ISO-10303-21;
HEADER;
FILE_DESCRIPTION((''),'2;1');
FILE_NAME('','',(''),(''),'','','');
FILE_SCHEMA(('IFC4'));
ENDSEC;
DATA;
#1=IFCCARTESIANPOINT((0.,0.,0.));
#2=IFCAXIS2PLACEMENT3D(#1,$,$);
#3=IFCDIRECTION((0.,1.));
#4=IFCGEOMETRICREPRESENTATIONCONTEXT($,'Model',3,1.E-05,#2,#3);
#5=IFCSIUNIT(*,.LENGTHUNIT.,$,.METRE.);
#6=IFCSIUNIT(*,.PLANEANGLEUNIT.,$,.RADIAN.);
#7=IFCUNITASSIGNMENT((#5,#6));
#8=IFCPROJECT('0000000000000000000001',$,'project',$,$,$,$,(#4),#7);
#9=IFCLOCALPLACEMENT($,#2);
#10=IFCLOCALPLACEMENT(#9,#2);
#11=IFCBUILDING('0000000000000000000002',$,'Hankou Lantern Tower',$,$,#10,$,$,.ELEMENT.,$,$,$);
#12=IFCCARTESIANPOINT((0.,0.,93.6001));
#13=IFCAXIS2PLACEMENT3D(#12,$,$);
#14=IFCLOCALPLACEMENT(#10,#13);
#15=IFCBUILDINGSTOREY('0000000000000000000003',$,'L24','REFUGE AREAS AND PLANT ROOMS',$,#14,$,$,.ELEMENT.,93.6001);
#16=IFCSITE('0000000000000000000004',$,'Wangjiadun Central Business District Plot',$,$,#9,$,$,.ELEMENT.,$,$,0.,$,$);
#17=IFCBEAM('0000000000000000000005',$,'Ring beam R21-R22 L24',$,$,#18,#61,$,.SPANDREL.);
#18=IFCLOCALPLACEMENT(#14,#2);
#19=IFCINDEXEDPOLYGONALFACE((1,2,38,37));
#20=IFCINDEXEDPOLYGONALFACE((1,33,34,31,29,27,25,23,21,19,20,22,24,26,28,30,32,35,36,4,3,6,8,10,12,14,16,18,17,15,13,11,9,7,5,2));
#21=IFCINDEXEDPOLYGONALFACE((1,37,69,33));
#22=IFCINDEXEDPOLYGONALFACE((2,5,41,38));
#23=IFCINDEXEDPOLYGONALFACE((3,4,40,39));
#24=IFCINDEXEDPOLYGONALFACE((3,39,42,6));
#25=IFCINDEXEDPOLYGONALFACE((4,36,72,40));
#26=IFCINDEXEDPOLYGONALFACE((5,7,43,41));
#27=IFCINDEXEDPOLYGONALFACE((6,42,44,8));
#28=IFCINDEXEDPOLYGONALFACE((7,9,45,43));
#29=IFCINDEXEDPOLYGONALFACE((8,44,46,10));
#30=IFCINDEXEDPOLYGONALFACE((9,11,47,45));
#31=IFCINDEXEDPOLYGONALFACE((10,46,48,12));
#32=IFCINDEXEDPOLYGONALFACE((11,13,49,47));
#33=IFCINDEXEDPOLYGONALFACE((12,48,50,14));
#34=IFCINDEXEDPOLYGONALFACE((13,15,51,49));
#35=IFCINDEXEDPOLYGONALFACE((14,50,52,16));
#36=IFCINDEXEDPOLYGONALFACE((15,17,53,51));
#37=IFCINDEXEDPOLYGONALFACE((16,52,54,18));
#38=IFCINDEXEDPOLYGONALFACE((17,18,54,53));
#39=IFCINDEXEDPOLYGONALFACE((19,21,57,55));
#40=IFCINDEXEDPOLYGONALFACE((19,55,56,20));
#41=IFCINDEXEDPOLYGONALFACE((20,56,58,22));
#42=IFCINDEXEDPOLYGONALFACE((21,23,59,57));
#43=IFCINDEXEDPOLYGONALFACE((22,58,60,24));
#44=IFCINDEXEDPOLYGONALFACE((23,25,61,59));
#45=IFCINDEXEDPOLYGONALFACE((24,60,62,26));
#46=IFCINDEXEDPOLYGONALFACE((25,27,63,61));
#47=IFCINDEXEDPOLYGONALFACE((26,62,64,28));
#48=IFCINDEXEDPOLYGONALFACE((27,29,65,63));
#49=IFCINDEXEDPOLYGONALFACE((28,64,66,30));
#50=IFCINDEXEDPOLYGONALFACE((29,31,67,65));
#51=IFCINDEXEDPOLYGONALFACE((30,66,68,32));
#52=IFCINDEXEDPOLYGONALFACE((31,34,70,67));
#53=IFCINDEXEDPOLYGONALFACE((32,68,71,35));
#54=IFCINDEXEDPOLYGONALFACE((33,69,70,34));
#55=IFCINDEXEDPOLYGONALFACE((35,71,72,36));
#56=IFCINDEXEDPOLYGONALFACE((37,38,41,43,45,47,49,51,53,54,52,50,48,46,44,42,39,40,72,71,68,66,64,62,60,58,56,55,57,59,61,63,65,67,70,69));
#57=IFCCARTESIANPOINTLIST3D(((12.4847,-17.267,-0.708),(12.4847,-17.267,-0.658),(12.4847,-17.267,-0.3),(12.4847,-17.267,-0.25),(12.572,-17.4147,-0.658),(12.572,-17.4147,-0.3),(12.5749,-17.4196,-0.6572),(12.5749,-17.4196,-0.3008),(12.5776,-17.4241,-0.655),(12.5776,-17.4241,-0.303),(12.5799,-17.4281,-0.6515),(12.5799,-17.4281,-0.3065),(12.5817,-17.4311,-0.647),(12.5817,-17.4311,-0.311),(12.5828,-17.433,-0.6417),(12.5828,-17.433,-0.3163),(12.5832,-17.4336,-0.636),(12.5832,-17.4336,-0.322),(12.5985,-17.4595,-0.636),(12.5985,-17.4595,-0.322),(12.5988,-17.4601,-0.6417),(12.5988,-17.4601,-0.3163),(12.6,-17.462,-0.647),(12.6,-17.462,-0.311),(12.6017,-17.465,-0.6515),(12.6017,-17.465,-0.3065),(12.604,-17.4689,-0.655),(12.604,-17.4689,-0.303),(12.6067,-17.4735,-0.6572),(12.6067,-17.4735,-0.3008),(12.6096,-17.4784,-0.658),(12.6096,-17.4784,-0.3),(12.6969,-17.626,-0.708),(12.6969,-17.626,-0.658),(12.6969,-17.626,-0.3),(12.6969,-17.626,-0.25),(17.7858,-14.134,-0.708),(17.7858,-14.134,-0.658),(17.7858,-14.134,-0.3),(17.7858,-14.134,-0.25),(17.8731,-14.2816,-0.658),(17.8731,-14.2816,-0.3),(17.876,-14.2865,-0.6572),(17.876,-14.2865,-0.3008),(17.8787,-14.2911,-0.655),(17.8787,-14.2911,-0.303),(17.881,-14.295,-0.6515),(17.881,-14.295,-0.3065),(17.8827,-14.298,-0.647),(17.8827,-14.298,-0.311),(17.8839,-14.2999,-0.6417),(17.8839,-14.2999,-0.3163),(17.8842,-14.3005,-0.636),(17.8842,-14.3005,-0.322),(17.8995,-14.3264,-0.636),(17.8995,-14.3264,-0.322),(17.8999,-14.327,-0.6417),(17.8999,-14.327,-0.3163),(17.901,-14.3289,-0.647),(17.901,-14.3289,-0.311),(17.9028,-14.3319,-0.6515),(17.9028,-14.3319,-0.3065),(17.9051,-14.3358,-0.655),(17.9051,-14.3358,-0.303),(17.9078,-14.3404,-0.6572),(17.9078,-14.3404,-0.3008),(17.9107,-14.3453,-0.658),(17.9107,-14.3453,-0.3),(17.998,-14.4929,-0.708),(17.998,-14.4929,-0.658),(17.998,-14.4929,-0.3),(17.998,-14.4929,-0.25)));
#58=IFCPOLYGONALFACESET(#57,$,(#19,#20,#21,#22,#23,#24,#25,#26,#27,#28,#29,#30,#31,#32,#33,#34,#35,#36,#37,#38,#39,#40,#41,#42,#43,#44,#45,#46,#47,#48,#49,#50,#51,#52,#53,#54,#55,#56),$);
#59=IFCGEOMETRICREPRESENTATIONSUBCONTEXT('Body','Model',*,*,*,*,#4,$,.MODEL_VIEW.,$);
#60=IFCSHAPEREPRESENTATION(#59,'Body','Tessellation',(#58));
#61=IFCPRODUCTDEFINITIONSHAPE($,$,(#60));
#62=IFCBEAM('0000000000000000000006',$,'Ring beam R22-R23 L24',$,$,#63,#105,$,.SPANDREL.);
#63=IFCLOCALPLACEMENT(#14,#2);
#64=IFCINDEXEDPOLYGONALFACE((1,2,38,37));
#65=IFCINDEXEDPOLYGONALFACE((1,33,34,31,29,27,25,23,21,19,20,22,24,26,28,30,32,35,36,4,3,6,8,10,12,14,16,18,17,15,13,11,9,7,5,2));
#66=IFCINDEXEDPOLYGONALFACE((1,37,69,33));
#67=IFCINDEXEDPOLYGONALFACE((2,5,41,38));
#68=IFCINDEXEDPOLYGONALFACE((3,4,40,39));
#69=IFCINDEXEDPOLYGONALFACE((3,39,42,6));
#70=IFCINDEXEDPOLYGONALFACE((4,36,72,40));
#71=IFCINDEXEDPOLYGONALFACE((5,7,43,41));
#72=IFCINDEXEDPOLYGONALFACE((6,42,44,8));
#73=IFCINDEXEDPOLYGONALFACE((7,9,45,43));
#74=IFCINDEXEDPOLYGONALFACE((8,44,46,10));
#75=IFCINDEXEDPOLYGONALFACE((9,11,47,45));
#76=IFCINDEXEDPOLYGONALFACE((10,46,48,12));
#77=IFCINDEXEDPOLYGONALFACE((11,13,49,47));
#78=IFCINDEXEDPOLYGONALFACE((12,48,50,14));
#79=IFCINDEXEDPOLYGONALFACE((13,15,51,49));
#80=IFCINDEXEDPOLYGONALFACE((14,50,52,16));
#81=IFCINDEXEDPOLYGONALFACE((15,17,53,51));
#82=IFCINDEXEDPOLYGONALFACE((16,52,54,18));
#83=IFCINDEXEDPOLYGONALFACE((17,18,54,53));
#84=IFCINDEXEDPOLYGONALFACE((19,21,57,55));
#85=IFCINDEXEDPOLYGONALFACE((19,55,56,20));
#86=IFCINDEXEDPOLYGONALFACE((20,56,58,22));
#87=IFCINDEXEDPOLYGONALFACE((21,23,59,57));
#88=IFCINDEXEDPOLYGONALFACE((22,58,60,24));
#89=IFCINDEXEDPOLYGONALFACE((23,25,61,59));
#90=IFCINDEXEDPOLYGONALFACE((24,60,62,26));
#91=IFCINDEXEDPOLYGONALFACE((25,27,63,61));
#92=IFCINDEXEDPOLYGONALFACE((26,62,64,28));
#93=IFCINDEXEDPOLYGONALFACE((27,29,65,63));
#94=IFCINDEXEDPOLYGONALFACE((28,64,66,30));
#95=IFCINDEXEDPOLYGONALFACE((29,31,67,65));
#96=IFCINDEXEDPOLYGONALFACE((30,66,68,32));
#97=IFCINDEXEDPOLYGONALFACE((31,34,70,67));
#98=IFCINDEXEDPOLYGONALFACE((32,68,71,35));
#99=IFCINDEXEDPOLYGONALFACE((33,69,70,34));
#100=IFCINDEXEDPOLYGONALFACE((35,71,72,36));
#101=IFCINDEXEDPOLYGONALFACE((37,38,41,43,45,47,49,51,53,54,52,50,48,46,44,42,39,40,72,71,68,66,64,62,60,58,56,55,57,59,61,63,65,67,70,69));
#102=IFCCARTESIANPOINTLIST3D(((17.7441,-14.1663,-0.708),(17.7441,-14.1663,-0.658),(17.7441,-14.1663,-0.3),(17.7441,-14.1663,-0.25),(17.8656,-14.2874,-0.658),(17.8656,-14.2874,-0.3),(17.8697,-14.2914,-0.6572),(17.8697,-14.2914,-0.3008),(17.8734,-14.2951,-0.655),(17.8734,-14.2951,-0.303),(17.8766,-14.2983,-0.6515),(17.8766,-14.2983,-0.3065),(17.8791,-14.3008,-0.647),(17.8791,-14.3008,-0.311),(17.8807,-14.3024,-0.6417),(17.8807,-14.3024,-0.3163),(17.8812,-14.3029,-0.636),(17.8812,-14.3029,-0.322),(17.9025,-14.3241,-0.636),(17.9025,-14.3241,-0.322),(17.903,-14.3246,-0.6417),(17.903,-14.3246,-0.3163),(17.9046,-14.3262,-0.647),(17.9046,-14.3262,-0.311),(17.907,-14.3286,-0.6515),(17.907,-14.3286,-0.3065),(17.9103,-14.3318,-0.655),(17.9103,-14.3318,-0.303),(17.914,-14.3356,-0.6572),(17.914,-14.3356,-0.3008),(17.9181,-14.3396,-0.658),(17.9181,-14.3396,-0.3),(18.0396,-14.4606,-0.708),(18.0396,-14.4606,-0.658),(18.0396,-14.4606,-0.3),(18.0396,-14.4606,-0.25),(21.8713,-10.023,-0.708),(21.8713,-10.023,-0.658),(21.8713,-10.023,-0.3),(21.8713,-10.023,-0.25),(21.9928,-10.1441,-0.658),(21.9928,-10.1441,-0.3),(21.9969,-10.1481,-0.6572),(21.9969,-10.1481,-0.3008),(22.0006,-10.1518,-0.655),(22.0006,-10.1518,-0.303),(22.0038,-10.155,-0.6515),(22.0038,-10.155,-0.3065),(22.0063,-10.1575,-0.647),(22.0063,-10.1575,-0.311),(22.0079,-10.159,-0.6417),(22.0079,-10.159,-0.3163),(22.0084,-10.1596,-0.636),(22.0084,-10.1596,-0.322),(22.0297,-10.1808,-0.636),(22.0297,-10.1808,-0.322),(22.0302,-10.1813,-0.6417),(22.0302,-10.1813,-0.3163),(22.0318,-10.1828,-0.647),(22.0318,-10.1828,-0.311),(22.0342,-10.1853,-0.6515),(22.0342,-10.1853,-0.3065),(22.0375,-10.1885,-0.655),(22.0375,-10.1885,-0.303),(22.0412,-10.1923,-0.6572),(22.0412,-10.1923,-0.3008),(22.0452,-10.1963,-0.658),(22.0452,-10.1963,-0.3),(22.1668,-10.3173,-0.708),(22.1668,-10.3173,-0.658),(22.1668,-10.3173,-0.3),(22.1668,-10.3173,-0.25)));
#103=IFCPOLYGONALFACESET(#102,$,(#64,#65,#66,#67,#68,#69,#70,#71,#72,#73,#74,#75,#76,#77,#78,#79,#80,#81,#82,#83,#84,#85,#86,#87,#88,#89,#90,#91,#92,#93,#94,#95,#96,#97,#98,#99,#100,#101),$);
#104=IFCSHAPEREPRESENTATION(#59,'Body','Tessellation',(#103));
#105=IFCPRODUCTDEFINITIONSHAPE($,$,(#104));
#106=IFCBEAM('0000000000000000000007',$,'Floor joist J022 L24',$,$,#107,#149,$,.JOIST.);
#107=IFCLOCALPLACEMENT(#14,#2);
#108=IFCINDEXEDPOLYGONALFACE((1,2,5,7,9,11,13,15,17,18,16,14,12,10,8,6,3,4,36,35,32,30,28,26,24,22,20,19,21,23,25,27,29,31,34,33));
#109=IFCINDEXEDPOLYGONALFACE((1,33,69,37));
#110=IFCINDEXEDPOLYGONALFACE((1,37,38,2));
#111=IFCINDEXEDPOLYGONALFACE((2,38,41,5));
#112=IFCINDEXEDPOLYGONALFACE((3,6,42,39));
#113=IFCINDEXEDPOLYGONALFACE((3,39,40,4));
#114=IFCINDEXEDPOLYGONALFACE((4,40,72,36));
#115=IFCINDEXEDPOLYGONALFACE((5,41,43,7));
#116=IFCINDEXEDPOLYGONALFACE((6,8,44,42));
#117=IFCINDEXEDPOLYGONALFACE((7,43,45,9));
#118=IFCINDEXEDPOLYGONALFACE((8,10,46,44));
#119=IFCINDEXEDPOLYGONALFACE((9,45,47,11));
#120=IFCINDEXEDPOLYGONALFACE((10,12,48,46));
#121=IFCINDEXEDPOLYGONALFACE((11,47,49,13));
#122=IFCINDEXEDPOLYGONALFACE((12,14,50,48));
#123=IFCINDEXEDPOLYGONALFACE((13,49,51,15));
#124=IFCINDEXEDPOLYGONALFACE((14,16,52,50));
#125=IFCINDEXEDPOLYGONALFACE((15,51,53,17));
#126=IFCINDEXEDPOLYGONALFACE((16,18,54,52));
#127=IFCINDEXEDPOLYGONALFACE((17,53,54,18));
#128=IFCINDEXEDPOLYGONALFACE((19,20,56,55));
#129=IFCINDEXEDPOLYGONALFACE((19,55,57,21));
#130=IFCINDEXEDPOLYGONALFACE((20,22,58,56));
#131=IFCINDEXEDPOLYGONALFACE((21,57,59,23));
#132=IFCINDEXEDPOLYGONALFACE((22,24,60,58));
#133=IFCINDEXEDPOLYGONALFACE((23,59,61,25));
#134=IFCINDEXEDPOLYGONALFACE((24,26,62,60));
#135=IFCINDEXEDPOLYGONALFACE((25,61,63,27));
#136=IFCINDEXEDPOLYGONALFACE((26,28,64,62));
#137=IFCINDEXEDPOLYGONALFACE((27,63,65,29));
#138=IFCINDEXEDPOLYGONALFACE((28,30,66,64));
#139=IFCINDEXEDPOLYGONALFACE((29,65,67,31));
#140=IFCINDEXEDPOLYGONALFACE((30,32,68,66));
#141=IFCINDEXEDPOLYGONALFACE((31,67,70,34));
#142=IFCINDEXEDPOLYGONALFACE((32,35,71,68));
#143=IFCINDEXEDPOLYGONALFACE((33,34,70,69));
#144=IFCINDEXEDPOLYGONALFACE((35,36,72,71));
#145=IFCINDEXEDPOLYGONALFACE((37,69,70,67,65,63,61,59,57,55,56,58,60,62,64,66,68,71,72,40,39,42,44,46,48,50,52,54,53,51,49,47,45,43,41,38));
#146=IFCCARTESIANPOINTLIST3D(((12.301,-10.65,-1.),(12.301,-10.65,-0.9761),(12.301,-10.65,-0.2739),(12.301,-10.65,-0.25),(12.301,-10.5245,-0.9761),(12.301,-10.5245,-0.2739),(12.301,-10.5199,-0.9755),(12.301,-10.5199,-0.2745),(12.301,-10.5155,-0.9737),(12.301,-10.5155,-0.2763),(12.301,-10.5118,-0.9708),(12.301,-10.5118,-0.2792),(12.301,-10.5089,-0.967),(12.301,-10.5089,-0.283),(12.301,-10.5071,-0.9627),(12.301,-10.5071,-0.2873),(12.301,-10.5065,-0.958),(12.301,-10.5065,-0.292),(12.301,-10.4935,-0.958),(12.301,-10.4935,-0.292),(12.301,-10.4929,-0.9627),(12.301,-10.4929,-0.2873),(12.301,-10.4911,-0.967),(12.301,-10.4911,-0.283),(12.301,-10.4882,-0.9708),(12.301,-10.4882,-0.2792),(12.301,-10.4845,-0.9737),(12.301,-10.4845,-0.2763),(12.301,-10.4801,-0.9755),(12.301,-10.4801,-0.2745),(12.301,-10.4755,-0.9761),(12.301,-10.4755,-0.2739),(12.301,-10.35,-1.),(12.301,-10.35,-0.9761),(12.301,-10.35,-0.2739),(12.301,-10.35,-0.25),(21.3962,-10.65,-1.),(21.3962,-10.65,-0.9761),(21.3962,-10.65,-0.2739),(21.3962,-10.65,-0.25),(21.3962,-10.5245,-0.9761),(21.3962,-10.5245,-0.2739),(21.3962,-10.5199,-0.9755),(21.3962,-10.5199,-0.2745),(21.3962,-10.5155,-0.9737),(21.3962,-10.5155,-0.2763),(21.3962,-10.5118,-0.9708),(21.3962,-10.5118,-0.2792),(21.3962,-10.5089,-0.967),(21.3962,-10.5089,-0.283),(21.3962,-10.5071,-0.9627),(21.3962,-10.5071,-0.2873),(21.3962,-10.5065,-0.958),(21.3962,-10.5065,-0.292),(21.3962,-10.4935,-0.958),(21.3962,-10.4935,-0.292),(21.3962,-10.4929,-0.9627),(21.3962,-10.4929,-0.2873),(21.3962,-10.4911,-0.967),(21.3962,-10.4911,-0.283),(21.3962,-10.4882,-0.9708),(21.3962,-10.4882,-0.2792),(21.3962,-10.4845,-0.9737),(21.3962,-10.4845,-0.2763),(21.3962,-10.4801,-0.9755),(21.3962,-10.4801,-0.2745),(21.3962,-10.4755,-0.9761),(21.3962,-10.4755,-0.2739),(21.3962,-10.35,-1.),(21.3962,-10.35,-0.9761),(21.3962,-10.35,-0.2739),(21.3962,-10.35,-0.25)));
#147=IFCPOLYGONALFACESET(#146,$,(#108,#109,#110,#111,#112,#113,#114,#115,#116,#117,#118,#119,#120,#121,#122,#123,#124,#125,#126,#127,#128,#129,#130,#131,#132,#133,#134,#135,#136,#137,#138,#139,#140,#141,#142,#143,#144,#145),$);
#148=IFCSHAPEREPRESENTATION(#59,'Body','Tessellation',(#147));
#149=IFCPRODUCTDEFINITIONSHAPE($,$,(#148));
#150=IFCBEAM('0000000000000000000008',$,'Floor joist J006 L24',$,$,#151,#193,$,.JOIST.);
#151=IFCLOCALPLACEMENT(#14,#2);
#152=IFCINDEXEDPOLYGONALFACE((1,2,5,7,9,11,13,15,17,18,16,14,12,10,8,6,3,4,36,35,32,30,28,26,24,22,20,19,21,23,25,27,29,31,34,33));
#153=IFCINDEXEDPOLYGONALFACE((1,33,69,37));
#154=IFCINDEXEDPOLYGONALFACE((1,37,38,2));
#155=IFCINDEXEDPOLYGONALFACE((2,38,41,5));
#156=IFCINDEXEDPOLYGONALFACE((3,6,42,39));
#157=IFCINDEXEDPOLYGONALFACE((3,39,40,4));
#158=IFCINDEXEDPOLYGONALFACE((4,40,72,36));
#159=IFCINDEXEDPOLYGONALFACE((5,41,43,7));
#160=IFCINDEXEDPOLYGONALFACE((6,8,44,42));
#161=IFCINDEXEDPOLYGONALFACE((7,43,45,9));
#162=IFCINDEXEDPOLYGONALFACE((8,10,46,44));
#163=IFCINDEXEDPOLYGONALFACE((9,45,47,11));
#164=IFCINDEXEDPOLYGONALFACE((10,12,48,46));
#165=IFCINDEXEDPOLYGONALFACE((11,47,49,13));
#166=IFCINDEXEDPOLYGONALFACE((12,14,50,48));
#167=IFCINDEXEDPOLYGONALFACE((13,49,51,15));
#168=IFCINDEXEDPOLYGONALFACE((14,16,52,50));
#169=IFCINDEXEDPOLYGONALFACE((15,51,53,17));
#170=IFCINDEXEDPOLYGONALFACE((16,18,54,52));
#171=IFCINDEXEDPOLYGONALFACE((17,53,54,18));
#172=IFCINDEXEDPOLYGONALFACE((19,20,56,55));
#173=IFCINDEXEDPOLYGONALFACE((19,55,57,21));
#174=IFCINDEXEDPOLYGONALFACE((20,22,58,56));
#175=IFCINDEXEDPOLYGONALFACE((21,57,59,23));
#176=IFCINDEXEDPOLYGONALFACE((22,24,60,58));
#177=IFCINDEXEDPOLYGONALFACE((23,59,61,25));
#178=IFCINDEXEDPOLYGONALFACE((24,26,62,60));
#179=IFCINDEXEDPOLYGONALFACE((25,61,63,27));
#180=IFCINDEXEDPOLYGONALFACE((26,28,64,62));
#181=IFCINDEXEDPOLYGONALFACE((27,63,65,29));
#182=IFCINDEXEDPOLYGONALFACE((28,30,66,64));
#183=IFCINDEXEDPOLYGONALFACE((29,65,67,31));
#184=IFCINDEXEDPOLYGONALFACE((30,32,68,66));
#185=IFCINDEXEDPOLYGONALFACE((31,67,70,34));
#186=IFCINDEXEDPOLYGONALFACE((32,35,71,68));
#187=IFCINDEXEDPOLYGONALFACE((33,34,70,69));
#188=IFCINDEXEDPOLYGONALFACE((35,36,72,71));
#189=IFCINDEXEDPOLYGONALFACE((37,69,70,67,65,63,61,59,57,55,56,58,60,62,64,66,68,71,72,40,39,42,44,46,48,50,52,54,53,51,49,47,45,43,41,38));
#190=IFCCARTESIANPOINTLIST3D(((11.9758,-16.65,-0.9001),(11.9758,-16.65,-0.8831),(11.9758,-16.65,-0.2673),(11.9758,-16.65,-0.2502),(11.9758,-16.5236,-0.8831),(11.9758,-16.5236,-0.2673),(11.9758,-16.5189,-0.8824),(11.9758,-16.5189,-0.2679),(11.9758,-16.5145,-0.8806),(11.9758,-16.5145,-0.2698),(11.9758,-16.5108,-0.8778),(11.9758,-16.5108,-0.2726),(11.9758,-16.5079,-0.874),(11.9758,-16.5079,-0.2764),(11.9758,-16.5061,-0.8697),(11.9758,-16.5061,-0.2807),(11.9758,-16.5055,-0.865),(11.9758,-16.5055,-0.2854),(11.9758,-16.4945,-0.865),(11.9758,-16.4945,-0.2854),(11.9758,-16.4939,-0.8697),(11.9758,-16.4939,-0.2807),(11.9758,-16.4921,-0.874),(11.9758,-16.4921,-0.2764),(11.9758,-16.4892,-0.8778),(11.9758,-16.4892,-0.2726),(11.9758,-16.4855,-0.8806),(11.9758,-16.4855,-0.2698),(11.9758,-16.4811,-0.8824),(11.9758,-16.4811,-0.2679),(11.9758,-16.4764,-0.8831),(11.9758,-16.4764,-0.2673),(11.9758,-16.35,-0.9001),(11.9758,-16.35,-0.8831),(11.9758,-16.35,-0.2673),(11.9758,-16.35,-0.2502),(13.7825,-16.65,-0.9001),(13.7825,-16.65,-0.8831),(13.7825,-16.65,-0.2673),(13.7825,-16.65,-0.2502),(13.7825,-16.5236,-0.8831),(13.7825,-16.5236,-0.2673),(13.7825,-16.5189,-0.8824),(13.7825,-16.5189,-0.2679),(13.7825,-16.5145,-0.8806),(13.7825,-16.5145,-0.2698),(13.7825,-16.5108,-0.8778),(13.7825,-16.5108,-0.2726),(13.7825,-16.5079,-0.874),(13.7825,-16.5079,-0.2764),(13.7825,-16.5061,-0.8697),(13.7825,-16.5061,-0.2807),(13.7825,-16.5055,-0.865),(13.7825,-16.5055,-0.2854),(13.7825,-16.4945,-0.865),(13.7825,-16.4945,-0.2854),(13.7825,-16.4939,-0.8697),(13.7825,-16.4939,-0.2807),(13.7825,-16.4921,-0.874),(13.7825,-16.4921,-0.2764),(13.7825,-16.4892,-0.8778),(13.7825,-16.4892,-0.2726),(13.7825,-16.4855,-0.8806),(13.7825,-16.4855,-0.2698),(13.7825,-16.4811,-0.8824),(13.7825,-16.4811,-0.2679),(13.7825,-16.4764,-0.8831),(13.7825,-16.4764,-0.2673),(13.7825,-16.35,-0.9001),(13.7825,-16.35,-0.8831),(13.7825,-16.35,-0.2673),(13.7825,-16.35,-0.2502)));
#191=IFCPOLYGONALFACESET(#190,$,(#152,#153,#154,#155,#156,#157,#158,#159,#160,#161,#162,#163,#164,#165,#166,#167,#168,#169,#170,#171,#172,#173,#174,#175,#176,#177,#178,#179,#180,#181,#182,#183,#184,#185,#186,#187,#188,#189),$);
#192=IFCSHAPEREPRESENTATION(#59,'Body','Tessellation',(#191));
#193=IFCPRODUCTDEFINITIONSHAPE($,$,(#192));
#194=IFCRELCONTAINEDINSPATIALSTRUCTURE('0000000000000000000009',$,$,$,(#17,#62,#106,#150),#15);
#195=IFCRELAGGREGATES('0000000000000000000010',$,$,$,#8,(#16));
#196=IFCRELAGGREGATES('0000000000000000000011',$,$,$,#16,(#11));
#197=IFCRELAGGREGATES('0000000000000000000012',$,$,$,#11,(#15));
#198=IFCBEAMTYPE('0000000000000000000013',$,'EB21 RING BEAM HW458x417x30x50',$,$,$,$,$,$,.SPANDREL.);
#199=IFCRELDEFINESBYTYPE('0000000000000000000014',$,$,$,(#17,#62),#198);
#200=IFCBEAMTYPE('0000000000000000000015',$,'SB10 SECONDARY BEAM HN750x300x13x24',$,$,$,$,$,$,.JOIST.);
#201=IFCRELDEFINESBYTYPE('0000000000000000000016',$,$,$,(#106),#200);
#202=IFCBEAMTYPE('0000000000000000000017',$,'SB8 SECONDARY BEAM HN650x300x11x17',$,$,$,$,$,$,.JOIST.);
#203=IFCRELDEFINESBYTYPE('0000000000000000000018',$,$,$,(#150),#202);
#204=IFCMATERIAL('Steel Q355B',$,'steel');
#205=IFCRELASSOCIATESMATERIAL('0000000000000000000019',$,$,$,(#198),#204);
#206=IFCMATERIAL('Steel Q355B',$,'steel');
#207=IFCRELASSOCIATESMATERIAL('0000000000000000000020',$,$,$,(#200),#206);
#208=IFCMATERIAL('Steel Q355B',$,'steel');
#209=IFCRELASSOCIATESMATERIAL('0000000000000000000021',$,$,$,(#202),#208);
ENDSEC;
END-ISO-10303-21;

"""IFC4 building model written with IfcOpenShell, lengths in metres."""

from ifc_helpers import new_model, si_unit, direction, frame, origin, origin_2d, place, context, subcontext, project, spatial, i_section, extrude, material, material_profile, profile_set, type_object, element, save


model = new_model("IFC4")

# Units and contexts
model_context = context("Model", 3, precision=1e-05, world=origin(), true_north=direction((0.0, 1.0)))
body_context = subcontext(model_context, "Body", "Model", "MODEL_VIEW")
ifc_project = project(units=[si_unit("LENGTHUNIT", "METRE"), si_unit("PLANEANGLEUNIT", "RADIAN")], contexts=[model_context])

# Site, building, storey
site_placement = place(None, origin())
site = spatial("IfcSite", under=ifc_project, at=site_placement, Name="Wangjiadun Central Business District Plot", CompositionType="ELEMENT", RefElevation=0.0)
building_placement = place(site_placement, origin())
building = spatial("IfcBuilding", under=site, at=building_placement, Name="Hankou Lantern Tower", CompositionType="ELEMENT")
storey_placement = place(building_placement, frame((0.0, 0.0, 93.6001)))
storey = spatial("IfcBuildingStorey", under=building, at=storey_placement, Name="L24", Description="REFUGE AREAS AND PLANT ROOMS", CompositionType="ELEMENT", Elevation=93.6001)

# Beams
ifc_material_1 = material(Name="Steel Q355B", Category="steel")
ifc_material_profile_1 = material_profile(ifc_material_1, i_section(OverallWidth=0.417, OverallDepth=0.458, WebThickness=0.03, FlangeThickness=0.05, FilletRadius=0.022, at=origin_2d()), Name="HW458x417x30x50")
ifc_profile_set_1 = profile_set([ifc_material_profile_1], Name="Steel Q355B")
beam_type_1 = type_object("IfcBeamType", Name="EB21 RING BEAM HW458x417x30x50", PredefinedType="SPANDREL", material=ifc_profile_set_1)
beam_1_placement = place(storey_placement, frame((12.5908, -17.4465, -0.479), z_axis=(0.860882, 0.508805, 0.0), x_axis=(-0.508805, 0.860882, 0.0)))
element("IfcBeam", 1, at=beam_1_placement, inside=storey, type_object=beam_type_1, Name="Ring beam R21-R22 L24", PredefinedType="SPANDREL", context=body_context, shape_type="SweptSolid", body=[
    extrude(i_section(OverallWidth=0.417, OverallDepth=0.458, WebThickness=0.03, FlangeThickness=0.05, FilletRadius=0.022, at=origin_2d()), origin(), (0.0, 0.0, 1.0), 6.1577),
])
beam_2_placement = place(storey_placement, frame((17.8918, -14.3135, -0.479), z_axis=(0.705728, 0.708483, 0.0), x_axis=(-0.708483, 0.705728, 0.0)))
element("IfcBeam", 2, at=beam_2_placement, inside=storey, type_object=beam_type_1, Name="Ring beam R22-R23 L24", PredefinedType="SPANDREL", context=body_context, shape_type="SweptSolid", body=[
    extrude(i_section(OverallWidth=0.417, OverallDepth=0.458, WebThickness=0.03, FlangeThickness=0.05, FilletRadius=0.022, at=origin_2d()), origin(), (0.0, 0.0, 1.0), 5.8481),
])
ifc_material_2 = material(Name="Steel Q355B", Category="steel")
ifc_material_profile_2 = material_profile(ifc_material_2, i_section(OverallWidth=0.3, OverallDepth=0.75, WebThickness=0.0129, FlangeThickness=0.0239, FilletRadius=0.0181, at=origin_2d()), Name="HN750x300x13x24")
ifc_profile_set_2 = profile_set([ifc_material_profile_2], Name="Steel Q355B")
beam_type_2 = type_object("IfcBeamType", Name="SB10 SECONDARY BEAM HN750x300x13x24", PredefinedType="JOIST", material=ifc_profile_set_2)
beam_3_placement = place(storey_placement, frame((12.301, -10.5, -0.625), z_axis=(1.0, 0.0, 0.0), x_axis=(0.0, 1.0, 0.0)))
element("IfcBeam", 3, at=beam_3_placement, inside=storey, type_object=beam_type_2, Name="Floor joist J022 L24", PredefinedType="JOIST", context=body_context, shape_type="SweptSolid", body=[
    extrude(i_section(OverallWidth=0.3, OverallDepth=0.75, WebThickness=0.0129, FlangeThickness=0.0239, FilletRadius=0.0181, at=origin_2d()), origin(), (0.0, 0.0, 1.0), 9.0952),
])
ifc_material_3 = material(Name="Steel Q355B", Category="steel")
ifc_material_profile_3 = material_profile(ifc_material_3, i_section(OverallWidth=0.3, OverallDepth=0.6499, WebThickness=0.011, FlangeThickness=0.0171, FilletRadius=0.0181, at=origin_2d()), Name="HN650x300x11x17")
ifc_profile_set_3 = profile_set([ifc_material_profile_3], Name="Steel Q355B")
beam_type_3 = type_object("IfcBeamType", Name="SB8 SECONDARY BEAM HN650x300x11x17", PredefinedType="JOIST", material=ifc_profile_set_3)
beam_4_placement = place(storey_placement, frame((11.9758, -16.5, -0.5752), z_axis=(1.0, 0.0, 0.0), x_axis=(0.0, 1.0, 0.0)))
element("IfcBeam", 4, at=beam_4_placement, inside=storey, type_object=beam_type_3, Name="Floor joist J006 L24", PredefinedType="JOIST", context=body_context, shape_type="SweptSolid", body=[
    extrude(i_section(OverallWidth=0.3, OverallDepth=0.6499, WebThickness=0.011, FlangeThickness=0.0171, FilletRadius=0.0181, at=origin_2d()), origin(), (0.0, 0.0, 1.0), 1.8066),
])

save(model, "model.ifc")
